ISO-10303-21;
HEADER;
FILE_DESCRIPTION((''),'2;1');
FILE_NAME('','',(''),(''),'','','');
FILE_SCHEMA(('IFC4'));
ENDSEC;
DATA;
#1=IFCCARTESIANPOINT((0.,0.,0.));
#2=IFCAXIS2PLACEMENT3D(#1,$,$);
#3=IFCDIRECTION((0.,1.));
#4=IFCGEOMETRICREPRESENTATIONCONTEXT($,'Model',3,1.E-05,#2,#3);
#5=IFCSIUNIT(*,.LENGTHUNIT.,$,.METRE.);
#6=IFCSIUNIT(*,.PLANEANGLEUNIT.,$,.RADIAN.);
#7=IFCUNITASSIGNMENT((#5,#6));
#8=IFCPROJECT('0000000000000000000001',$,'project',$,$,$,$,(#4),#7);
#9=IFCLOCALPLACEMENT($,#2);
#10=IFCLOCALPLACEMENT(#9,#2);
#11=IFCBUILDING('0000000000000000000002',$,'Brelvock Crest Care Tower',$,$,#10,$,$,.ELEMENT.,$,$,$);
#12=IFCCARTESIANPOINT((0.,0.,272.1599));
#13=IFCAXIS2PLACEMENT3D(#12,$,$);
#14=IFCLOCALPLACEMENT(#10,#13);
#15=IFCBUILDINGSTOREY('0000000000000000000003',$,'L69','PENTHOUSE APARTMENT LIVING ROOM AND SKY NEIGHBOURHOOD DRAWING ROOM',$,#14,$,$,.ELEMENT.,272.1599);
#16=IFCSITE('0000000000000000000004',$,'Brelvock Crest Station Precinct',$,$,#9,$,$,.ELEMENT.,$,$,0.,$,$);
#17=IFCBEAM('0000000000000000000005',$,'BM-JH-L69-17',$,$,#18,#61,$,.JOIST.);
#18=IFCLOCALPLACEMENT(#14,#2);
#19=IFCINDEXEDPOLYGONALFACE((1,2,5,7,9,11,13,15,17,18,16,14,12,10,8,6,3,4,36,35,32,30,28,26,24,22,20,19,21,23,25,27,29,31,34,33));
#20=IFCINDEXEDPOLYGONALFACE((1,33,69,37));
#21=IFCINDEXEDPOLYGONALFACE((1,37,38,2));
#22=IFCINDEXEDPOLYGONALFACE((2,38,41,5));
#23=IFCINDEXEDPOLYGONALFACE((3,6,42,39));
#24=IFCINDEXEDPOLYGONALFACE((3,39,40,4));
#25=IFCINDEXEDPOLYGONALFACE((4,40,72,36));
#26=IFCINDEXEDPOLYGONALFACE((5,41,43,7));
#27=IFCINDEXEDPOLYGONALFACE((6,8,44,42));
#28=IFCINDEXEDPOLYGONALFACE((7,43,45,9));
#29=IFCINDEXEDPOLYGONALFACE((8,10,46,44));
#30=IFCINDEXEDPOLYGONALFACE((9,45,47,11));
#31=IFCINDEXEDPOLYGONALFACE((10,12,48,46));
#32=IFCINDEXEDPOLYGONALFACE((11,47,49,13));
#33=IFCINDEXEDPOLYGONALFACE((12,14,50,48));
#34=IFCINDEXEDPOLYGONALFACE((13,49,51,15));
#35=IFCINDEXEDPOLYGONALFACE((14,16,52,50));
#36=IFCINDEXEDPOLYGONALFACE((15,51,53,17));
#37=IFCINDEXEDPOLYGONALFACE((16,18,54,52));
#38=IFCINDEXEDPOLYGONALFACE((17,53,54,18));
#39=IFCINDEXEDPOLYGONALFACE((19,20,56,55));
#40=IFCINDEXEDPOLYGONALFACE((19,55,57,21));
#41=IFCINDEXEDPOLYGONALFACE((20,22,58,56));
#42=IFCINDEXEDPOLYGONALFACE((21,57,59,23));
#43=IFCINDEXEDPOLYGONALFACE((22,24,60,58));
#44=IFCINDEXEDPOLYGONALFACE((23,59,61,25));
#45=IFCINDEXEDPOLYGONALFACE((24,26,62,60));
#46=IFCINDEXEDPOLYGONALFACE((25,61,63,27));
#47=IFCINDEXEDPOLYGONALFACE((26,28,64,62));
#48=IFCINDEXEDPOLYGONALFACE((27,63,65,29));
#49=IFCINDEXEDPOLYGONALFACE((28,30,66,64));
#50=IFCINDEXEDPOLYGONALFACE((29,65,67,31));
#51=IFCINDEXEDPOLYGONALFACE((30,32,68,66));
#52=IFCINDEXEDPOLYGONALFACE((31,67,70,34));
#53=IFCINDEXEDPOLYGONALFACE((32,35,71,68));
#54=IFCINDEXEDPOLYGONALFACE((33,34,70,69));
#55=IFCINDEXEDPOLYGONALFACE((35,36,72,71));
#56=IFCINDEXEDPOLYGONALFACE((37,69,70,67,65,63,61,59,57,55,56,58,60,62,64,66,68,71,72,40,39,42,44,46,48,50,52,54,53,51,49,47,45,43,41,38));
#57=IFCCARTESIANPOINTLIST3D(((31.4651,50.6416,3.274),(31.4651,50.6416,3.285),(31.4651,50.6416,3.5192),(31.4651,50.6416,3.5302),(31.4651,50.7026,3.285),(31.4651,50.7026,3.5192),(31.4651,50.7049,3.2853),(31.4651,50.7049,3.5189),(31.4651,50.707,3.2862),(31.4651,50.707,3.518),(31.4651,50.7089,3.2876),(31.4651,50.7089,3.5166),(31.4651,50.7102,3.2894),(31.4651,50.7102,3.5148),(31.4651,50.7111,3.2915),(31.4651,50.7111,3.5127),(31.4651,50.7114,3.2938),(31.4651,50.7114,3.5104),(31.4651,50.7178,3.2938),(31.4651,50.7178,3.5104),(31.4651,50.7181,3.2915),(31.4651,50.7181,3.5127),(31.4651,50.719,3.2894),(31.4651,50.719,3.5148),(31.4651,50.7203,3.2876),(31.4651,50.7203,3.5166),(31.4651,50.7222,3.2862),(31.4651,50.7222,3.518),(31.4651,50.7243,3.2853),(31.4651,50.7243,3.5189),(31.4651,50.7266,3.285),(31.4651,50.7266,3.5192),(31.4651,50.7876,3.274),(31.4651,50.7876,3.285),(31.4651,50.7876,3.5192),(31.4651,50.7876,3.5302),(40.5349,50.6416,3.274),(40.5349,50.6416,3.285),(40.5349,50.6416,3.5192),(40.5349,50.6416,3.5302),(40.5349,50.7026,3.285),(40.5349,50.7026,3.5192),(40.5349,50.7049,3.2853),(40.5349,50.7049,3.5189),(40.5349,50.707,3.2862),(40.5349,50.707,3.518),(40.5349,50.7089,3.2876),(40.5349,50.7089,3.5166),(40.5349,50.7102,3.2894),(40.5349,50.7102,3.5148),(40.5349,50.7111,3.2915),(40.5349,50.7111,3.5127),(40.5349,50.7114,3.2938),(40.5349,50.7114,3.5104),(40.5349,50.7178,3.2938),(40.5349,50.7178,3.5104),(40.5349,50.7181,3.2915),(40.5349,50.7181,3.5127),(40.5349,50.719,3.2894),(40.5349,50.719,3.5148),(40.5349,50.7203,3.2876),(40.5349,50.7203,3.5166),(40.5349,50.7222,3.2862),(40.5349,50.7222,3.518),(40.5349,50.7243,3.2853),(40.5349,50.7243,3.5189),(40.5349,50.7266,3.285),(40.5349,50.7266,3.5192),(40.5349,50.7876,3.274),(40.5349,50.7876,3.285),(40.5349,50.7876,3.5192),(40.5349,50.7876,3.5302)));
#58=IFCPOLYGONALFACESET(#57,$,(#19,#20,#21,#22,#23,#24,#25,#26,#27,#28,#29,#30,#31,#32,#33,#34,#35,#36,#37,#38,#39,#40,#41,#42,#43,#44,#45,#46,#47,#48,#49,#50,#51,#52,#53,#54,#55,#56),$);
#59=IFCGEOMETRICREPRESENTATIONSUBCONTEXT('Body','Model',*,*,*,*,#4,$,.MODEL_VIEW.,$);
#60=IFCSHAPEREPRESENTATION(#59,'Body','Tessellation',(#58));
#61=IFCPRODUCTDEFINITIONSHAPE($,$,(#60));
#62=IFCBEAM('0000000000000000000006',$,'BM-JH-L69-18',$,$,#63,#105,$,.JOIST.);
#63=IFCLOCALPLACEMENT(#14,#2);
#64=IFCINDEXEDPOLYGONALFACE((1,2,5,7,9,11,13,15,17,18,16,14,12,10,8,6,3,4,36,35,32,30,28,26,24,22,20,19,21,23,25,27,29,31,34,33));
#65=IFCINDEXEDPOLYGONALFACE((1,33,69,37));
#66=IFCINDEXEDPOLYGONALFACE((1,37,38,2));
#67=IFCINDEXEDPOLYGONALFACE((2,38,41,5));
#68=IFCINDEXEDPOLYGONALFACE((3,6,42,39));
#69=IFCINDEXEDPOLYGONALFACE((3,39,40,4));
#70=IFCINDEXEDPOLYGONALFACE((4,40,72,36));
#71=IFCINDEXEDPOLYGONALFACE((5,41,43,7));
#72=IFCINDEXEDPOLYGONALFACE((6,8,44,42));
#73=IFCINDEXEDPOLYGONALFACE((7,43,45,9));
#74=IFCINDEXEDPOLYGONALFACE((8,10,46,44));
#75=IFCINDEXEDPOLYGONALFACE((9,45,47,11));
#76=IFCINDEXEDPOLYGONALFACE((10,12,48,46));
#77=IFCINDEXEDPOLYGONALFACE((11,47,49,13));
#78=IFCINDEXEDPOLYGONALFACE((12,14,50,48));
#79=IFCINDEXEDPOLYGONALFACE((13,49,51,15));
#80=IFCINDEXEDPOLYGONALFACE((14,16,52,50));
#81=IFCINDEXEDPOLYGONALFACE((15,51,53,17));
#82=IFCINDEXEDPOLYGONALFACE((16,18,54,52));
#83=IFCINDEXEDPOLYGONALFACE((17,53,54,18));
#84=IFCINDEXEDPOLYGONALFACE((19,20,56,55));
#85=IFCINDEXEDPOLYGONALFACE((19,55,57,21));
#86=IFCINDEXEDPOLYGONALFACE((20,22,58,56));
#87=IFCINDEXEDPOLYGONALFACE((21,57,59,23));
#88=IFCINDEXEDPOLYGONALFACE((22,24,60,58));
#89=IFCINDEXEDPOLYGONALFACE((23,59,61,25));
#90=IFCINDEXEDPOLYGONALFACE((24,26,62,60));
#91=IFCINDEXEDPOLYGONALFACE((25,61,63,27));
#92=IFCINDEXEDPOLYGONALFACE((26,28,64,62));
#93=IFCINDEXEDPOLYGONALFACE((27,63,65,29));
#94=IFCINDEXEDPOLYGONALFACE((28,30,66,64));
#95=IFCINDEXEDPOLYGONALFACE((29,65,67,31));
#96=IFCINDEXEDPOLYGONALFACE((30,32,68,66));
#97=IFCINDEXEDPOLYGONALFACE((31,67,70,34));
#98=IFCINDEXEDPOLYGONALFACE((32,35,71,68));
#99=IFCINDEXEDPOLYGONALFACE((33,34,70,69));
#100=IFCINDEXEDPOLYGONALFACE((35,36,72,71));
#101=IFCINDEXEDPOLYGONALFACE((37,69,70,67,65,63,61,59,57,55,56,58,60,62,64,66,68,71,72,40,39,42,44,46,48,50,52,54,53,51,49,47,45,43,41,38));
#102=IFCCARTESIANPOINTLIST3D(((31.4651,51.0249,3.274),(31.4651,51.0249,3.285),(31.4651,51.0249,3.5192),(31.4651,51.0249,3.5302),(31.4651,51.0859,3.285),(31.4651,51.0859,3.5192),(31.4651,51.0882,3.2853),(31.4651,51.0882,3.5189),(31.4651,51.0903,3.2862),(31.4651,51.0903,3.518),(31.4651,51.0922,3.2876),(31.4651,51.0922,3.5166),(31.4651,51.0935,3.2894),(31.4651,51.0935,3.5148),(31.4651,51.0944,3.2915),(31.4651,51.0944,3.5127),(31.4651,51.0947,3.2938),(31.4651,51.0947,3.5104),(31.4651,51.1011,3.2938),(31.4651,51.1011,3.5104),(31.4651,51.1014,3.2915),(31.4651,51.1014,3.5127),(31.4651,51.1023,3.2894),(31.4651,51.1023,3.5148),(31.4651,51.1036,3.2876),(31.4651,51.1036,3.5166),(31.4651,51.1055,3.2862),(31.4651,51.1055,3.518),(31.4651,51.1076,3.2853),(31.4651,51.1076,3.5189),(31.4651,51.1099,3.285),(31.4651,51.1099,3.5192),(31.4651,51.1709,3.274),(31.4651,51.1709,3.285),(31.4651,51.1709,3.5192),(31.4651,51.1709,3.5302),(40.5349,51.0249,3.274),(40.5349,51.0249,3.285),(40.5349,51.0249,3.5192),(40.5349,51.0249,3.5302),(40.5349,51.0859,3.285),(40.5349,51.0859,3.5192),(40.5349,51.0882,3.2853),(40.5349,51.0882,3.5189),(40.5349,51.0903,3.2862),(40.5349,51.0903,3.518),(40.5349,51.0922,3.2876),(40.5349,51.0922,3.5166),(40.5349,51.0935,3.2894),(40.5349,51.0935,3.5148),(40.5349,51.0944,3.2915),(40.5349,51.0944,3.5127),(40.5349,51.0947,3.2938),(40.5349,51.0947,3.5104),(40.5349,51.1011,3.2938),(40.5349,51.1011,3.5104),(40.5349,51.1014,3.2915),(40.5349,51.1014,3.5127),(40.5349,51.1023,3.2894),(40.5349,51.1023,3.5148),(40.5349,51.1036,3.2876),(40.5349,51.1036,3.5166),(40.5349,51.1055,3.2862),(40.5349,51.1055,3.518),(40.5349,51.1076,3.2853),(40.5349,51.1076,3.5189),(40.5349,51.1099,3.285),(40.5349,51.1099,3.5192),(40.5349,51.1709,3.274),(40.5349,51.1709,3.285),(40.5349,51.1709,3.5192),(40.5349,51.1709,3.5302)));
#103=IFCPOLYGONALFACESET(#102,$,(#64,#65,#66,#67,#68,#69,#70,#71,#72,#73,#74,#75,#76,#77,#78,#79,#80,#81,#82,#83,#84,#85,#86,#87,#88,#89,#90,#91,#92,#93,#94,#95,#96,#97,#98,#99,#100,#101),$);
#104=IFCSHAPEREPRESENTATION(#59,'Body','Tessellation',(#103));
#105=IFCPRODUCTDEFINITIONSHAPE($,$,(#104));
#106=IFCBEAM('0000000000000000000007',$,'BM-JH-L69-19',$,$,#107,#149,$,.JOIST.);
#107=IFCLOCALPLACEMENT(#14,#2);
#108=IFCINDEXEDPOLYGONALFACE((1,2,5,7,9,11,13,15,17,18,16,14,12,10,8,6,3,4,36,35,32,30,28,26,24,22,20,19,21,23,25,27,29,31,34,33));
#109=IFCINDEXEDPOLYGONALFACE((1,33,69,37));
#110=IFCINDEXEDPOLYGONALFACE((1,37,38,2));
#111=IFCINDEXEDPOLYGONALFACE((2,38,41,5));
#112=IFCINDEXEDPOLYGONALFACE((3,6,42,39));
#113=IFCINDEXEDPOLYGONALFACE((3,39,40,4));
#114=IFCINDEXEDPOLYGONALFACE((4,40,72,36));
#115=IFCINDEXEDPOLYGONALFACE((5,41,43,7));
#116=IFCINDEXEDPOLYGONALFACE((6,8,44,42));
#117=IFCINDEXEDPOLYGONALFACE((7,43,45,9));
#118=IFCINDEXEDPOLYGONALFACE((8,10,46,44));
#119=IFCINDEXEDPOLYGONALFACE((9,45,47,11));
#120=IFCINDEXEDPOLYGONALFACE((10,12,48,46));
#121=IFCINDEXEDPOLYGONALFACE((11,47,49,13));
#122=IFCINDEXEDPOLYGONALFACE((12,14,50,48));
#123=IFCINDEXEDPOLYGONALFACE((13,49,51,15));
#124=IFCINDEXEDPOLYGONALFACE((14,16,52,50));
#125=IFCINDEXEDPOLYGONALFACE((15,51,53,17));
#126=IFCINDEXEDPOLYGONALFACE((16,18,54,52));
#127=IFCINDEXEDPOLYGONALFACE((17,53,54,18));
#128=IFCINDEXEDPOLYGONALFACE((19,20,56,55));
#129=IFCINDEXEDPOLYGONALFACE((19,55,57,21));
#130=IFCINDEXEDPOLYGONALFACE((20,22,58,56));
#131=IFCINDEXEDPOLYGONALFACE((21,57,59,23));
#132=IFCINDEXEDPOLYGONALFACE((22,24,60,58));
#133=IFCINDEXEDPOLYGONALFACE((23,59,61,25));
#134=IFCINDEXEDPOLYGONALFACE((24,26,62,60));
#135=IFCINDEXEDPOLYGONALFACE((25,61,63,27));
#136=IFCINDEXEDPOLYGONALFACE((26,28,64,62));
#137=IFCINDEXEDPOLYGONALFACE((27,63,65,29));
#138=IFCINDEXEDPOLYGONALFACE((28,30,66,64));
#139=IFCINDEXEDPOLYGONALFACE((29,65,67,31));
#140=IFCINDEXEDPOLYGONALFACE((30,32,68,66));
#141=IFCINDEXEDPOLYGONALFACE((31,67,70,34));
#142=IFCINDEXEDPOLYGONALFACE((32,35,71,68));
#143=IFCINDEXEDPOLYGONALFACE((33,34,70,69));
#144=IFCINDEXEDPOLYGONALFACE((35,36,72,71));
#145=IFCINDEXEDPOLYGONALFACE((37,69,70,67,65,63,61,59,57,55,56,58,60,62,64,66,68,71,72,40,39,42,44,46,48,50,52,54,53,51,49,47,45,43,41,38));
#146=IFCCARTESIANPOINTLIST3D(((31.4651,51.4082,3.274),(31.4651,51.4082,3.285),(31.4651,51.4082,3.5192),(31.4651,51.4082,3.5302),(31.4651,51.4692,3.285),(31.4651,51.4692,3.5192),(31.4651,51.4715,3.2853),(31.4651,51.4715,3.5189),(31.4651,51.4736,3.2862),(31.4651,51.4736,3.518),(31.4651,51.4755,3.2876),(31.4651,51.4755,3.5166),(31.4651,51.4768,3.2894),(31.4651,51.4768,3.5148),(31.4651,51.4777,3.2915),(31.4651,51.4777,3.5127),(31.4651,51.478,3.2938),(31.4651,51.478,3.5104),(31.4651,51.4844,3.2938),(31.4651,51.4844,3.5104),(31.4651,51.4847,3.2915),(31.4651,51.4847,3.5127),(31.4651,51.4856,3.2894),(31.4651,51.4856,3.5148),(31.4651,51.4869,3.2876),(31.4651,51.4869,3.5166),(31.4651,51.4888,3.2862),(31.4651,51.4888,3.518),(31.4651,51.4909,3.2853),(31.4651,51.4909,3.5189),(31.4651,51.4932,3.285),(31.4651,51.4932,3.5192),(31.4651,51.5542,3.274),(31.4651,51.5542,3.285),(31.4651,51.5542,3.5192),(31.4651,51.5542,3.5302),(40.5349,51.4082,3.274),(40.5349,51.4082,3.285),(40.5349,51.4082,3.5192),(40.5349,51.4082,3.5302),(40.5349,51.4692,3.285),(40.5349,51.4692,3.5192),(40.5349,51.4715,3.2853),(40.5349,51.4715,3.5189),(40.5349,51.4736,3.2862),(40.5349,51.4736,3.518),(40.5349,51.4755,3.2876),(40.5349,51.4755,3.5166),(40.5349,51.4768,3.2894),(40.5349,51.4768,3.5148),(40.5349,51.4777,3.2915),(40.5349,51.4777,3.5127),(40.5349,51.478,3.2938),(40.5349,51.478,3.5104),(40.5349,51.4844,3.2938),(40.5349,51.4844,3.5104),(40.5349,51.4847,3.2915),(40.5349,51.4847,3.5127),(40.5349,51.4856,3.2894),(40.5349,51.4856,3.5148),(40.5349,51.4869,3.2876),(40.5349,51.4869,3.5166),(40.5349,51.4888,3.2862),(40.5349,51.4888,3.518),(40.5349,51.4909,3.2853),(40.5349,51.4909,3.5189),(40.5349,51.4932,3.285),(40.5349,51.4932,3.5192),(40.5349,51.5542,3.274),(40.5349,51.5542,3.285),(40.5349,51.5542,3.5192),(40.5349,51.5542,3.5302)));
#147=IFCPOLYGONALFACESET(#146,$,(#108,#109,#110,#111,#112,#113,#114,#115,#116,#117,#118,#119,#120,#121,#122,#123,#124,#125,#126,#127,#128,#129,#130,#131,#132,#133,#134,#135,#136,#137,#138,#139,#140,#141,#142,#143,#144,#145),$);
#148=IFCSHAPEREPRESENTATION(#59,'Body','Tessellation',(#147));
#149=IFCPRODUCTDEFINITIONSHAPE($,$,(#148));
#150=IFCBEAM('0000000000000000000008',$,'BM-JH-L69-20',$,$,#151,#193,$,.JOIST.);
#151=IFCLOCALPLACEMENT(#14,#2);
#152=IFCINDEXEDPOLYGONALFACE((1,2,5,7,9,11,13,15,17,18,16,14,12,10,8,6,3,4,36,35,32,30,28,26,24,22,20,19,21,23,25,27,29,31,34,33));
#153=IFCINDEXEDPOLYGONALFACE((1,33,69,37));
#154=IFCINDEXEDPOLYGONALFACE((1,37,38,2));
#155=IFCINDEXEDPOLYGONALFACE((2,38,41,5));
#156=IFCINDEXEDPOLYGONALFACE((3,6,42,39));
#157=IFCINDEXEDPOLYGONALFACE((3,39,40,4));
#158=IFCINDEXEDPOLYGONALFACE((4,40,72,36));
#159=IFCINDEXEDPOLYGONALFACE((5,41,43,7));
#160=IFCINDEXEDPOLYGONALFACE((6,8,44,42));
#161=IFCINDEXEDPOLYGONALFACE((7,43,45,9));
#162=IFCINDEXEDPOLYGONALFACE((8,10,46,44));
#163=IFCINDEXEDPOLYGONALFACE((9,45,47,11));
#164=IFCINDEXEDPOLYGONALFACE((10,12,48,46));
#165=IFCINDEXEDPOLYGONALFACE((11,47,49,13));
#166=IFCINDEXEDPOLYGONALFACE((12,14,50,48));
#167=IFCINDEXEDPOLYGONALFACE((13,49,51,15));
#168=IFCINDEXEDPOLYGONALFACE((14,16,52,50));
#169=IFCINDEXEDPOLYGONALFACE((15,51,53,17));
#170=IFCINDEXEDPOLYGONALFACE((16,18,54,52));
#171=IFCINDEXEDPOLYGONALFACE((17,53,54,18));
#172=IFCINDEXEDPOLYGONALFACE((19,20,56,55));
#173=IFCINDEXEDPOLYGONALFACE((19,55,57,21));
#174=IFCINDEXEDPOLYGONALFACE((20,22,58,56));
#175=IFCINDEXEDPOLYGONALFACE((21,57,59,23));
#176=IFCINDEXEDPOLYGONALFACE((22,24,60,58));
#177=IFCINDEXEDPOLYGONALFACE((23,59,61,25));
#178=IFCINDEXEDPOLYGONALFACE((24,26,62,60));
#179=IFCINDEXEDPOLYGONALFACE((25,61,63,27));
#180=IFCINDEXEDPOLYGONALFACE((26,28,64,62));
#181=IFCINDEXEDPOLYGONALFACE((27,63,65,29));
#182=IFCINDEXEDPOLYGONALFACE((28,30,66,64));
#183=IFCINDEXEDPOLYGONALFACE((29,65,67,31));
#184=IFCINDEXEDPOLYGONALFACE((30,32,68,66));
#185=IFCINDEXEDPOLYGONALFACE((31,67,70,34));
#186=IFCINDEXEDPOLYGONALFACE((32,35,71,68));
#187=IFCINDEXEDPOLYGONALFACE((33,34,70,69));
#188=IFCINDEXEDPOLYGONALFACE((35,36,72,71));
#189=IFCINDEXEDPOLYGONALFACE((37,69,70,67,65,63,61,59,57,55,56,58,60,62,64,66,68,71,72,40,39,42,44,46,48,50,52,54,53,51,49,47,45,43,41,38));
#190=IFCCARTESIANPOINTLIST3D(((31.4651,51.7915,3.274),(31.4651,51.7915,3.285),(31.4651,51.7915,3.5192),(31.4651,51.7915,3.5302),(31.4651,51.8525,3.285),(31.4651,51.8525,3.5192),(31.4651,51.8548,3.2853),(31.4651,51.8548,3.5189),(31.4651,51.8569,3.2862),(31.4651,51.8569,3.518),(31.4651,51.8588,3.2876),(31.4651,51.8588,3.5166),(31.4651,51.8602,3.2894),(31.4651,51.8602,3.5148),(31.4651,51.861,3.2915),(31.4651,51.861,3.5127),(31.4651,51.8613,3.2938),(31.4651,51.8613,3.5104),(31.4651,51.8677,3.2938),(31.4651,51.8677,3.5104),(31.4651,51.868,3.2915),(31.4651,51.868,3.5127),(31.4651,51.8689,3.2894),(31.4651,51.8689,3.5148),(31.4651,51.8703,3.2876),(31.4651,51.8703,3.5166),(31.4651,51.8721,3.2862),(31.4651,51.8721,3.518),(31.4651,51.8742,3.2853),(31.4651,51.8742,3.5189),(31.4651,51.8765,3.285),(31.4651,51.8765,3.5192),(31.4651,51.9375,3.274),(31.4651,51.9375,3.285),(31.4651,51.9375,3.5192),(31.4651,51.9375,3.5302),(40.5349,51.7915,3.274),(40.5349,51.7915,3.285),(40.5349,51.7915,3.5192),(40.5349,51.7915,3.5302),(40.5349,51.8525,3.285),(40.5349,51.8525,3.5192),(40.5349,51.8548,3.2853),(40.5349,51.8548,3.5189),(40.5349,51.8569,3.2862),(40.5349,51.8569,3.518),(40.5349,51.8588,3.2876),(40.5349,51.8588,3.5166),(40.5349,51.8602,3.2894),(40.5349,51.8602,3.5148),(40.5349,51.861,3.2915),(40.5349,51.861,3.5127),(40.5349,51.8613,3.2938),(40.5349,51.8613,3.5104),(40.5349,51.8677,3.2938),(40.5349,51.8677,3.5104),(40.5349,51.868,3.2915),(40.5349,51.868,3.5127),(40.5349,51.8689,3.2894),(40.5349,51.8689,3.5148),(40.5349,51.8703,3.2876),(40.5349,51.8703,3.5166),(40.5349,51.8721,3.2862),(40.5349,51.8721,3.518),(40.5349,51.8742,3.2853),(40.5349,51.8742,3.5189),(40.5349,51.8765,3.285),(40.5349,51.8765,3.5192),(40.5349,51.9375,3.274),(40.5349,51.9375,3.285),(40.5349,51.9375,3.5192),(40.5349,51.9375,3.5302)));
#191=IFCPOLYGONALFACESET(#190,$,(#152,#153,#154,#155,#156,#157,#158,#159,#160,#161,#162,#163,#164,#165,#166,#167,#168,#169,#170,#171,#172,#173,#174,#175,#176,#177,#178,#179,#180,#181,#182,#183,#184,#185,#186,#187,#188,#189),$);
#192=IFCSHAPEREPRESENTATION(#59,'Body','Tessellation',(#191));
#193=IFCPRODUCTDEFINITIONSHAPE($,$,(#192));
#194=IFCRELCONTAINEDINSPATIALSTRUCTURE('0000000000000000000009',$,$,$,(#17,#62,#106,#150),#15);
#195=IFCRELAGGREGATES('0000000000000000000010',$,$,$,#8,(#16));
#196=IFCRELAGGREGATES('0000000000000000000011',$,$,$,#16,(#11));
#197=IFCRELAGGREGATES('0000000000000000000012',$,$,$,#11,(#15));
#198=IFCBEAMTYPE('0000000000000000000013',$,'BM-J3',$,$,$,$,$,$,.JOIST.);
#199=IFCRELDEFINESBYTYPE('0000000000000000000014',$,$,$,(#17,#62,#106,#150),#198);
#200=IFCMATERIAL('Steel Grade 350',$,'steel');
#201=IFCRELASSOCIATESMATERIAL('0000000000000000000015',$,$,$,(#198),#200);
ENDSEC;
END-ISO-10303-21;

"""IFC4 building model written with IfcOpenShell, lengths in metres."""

from ifc_helpers import new_model, si_unit, direction, frame, origin, origin_2d, place, context, subcontext, project, spatial, i_section, extrude, source, transform, mapped, material, material_profile, profile_set, type_object, element, save


model = new_model("IFC4")

# Units and contexts
model_context = context("Model", 3, precision=1e-05, world=origin(), true_north=direction((0.0, 1.0)))
body_context = subcontext(model_context, "Body", "Model", "MODEL_VIEW")
ifc_project = project(units=[si_unit("LENGTHUNIT", "METRE"), si_unit("PLANEANGLEUNIT", "RADIAN")], contexts=[model_context])

# Site, building, storey
site_placement = place(None, origin())
site = spatial("IfcSite", under=ifc_project, at=site_placement, Name="Brelvock Crest Station Precinct", CompositionType="ELEMENT", RefElevation=0.0)
building_placement = place(site_placement, origin())
building = spatial("IfcBuilding", under=site, at=building_placement, Name="Brelvock Crest Care Tower", CompositionType="ELEMENT")
storey_placement = place(building_placement, frame((0.0, 0.0, 272.1599)))
storey = spatial("IfcBuildingStorey", under=building, at=storey_placement, Name="L69", Description="PENTHOUSE APARTMENT LIVING ROOM AND SKY NEIGHBOURHOOD DRAWING ROOM", CompositionType="ELEMENT", Elevation=272.1599)

# Beams
ifc_material_1 = material(Name="Steel Grade 350", Category="steel")
ifc_material_profile_1 = material_profile(ifc_material_1, i_section(OverallWidth=0.146, OverallDepth=0.2561, WebThickness=0.0063, FlangeThickness=0.011, FilletRadius=0.0088, at=origin_2d()), Name="250UB37.3")
ifc_profile_set_1 = profile_set([ifc_material_profile_1], Name="Steel Grade 350")
beam_type_1 = type_object("IfcBeamType", Name="BM-J3", PredefinedType="JOIST", material=ifc_profile_set_1)
shared_shape_1 = source(origin(), body_context, "Body", "SweptSolid", [
    extrude(i_section(OverallWidth=0.146, OverallDepth=0.2561, WebThickness=0.0063, FlangeThickness=0.011, FilletRadius=0.0088, at=origin_2d()), origin(), (0.0, 0.0, 1.0), 9.0698),
])
for number, where, z_axis, x_axis, name in (
    (1, (31.4651, 50.7146, 3.4021), (1.0, 0.0, 0.0), (0.0, 1.0, 0.0), "BM-JH-L69-17"),
    (2, (31.4651, 51.0979, 3.4021), (1.0, 0.0, 0.0), (0.0, 1.0, 0.0), "BM-JH-L69-18"),
    (3, (31.4651, 51.4812, 3.4021), (1.0, 0.0, 0.0), (0.0, 1.0, 0.0), "BM-JH-L69-19"),
    (4, (31.4651, 51.8645, 3.4021), (1.0, 0.0, 0.0), (0.0, 1.0, 0.0), "BM-JH-L69-20"),
):
    element("IfcBeam", number, at=place(storey_placement, frame(where, z_axis=z_axis, x_axis=x_axis)), inside=storey, type_object=beam_type_1, Name=name, PredefinedType="JOIST", context=body_context, shape_type="MappedRepresentation", body=[
        mapped(shared_shape_1, transform((0.0, 0.0, 0.0), x_axis=(1.0, 0.0, 0.0), y_axis=(0.0, 1.0, 0.0), z_axis=(0.0, 0.0, 1.0), scale=1.0)),
    ])

save(model, "model.ifc")
